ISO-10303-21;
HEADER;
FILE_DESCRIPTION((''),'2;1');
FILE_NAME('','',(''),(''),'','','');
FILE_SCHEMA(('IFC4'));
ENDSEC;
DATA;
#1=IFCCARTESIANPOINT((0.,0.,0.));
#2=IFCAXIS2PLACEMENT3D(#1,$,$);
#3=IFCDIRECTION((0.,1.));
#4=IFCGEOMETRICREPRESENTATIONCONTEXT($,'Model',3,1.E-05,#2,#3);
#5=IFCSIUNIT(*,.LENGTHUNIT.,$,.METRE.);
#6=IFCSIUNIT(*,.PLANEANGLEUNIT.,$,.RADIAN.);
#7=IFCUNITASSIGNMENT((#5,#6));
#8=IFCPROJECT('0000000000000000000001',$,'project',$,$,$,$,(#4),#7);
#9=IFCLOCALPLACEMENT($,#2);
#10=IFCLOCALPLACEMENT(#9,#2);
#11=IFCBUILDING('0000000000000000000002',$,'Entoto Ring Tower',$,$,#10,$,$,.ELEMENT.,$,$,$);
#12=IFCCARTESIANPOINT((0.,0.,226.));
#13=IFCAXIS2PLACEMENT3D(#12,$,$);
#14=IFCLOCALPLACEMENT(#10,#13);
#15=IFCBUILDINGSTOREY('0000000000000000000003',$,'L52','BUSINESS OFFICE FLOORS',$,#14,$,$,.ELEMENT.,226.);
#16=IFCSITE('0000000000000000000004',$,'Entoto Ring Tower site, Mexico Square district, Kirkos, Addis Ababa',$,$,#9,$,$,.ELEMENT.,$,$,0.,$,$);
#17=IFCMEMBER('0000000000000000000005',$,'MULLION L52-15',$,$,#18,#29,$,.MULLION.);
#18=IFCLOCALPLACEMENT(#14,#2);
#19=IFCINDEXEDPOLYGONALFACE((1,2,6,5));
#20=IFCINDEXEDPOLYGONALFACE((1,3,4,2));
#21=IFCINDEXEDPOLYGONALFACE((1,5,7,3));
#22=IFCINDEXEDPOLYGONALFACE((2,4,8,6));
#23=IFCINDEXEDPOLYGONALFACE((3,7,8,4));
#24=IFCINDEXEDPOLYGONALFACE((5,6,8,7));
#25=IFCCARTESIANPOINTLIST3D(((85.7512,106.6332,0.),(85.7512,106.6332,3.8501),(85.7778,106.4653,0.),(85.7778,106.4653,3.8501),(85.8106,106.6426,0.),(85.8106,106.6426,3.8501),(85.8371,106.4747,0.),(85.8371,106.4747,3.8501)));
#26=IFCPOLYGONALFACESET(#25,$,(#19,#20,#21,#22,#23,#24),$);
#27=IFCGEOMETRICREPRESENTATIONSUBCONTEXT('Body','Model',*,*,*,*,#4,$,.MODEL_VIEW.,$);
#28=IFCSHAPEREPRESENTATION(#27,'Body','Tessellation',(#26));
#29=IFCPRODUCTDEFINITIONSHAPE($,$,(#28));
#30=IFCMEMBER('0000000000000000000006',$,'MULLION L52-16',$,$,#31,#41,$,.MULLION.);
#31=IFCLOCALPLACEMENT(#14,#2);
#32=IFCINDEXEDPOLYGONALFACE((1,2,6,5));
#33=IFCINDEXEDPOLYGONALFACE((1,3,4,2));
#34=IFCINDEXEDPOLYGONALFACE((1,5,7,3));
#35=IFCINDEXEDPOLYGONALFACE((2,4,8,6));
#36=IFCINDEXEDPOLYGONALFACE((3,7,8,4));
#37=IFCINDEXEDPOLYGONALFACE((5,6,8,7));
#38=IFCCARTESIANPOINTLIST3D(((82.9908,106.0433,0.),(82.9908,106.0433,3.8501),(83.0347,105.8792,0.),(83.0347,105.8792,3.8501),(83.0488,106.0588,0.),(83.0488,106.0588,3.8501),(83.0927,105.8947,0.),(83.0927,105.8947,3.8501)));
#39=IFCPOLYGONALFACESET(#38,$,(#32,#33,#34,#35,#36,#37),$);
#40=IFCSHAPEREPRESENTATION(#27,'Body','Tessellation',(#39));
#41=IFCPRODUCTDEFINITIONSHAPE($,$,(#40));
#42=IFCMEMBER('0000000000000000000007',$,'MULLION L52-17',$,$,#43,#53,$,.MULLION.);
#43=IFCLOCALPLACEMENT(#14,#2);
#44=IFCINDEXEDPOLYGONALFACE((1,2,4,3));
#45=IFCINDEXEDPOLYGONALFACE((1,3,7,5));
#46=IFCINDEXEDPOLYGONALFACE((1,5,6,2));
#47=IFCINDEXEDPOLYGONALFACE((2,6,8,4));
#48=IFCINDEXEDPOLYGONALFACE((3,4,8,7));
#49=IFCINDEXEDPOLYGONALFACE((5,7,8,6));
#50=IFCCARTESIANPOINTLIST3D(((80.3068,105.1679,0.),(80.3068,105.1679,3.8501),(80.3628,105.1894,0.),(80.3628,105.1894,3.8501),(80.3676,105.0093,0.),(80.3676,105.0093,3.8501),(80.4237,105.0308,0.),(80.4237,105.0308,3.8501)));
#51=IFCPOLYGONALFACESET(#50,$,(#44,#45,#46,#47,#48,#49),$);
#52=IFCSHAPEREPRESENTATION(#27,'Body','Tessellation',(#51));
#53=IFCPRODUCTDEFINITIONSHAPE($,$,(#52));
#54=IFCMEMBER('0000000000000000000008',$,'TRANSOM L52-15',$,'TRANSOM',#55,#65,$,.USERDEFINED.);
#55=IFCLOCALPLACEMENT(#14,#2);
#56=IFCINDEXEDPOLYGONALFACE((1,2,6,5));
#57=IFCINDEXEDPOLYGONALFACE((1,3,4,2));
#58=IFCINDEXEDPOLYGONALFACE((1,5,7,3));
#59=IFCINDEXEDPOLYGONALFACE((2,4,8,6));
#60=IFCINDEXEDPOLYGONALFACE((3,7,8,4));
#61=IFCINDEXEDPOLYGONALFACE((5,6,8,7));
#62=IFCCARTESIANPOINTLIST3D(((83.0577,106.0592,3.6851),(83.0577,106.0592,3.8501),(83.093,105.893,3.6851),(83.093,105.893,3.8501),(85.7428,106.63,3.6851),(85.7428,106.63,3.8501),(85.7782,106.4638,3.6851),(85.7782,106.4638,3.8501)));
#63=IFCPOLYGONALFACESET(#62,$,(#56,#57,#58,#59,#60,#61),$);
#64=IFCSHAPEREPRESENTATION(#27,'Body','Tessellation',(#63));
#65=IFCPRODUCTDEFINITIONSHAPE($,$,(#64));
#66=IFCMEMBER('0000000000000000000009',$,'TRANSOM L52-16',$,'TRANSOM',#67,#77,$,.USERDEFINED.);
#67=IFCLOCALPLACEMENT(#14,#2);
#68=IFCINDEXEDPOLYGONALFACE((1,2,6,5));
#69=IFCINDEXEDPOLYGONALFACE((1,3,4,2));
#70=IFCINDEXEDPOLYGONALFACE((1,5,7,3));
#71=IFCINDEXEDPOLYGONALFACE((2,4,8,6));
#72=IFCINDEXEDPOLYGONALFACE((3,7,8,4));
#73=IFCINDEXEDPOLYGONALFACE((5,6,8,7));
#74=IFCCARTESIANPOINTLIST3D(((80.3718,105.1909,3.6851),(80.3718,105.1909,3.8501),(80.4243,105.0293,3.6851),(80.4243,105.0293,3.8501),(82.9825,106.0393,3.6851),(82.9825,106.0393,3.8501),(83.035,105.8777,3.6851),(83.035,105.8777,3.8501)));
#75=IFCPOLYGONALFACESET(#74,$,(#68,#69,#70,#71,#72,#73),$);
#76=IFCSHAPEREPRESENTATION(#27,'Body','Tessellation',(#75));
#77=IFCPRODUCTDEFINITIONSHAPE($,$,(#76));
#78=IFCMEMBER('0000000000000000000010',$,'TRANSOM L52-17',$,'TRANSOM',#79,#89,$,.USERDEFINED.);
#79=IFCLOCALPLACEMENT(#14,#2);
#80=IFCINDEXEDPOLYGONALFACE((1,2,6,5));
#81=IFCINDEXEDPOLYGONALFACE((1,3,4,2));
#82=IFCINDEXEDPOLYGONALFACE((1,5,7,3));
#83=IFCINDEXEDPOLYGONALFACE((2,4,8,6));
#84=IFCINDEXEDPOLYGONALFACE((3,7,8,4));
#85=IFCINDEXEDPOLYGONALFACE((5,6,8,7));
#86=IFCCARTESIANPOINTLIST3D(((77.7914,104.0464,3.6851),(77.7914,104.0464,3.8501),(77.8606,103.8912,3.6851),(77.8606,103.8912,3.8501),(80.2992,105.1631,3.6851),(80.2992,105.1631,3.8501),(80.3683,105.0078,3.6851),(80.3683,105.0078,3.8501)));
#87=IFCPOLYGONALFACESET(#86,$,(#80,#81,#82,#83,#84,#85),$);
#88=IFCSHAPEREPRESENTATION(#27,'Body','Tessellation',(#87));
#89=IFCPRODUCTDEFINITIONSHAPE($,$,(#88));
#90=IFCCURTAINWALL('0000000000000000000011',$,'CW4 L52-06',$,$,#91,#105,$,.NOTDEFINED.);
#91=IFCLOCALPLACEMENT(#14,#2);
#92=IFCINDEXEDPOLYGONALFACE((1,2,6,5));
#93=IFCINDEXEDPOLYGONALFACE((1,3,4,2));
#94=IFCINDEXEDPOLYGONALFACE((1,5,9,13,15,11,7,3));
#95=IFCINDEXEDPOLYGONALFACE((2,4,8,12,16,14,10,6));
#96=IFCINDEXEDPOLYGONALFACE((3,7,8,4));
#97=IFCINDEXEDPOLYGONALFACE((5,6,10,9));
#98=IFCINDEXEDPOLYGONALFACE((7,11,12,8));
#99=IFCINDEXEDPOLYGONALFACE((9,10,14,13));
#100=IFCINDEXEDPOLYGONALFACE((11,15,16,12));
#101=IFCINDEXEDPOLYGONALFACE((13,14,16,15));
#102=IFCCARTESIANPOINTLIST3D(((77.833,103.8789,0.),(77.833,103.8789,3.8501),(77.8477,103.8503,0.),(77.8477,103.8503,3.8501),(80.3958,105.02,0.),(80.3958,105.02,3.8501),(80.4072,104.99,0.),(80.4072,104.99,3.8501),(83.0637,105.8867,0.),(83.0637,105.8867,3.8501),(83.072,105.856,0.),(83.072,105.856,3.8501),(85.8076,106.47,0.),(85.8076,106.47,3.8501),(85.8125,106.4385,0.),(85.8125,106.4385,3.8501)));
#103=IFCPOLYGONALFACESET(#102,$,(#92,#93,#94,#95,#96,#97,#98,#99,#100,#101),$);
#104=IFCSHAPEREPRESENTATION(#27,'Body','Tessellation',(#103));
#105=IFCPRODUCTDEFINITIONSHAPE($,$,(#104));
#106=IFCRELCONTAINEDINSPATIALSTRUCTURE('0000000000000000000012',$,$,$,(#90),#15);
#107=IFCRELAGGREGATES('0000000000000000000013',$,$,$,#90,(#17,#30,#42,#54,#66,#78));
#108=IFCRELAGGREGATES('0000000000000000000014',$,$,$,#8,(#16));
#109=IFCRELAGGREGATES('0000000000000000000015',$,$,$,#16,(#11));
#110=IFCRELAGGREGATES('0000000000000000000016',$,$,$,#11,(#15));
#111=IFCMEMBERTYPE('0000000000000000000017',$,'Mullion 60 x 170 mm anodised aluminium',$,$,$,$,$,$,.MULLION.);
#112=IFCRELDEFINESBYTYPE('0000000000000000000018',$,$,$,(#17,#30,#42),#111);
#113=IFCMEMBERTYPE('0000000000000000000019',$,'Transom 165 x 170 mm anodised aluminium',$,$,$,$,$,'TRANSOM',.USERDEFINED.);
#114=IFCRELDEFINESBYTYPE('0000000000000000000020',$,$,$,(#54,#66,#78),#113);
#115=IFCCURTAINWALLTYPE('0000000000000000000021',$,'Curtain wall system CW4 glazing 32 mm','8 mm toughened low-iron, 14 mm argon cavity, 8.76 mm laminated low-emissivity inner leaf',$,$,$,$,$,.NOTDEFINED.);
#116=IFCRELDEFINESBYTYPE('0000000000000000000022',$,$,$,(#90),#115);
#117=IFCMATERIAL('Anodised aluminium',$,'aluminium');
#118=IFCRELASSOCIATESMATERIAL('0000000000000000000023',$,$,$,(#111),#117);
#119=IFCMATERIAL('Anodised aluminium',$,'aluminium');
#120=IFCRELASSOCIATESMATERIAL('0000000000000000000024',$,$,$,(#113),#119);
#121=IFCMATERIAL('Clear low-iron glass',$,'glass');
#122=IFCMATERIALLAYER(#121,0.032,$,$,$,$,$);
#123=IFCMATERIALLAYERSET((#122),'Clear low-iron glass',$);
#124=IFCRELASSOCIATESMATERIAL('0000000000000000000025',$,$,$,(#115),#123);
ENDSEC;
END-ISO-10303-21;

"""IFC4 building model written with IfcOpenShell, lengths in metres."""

from ifc_helpers import new_model, si_unit, direction, frame, origin, origin_2d, place, context, subcontext, project, spatial, polyline, rectangle, outline, extrude, material, layer, layer_set, material_profile, profile_set, type_object, element, aggregate, save


model = new_model("IFC4")

# Units and contexts
model_context = context("Model", 3, precision=1e-05, world=origin(), true_north=direction((0.0, 1.0)))
body_context = subcontext(model_context, "Body", "Model", "MODEL_VIEW")
ifc_project = project(units=[si_unit("LENGTHUNIT", "METRE"), si_unit("PLANEANGLEUNIT", "RADIAN")], contexts=[model_context])

# Members
ifc_material_1 = material(Name="Anodised aluminium", Category="aluminium")
ifc_material_profile_1 = material_profile(ifc_material_1, rectangle(XDim=0.0601, YDim=0.1699, at=origin_2d()), Name="Mullion 60 x 170 mm anodised aluminium")
ifc_profile_set_1 = profile_set([ifc_material_profile_1], Name="Anodised aluminium")
member_type_1 = type_object("IfcMemberType", Name="Mullion 60 x 170 mm anodised aluminium", PredefinedType="MULLION", material=ifc_profile_set_1)
site_placement = place(None, origin())
building_placement = place(site_placement, origin())
storey_placement = place(building_placement, frame((0.0, 0.0, 226.0)))
member_1_placement = place(storey_placement, frame((85.7942, 106.554, 0.0), z_axis=(0.0, 0.0, 1.0), x_axis=(-0.987688, -0.156434, 0.0)))
member_1 = element("IfcMember", 1, at=member_1_placement, type_object=member_type_1, Name="MULLION L52-15", PredefinedType="MULLION", context=body_context, shape_type="SweptSolid", body=[
    extrude(rectangle(XDim=0.0601, YDim=0.1699, at=origin_2d()), origin(), (0.0, 0.0, 1.0), 3.8501),
])
member_2_placement = place(storey_placement, frame((83.0417, 105.969, 0.0), z_axis=(0.0, 0.0, 1.0), x_axis=(-0.965926, -0.258819, 0.0)))
member_2 = element("IfcMember", 2, at=member_2_placement, type_object=member_type_1, Name="MULLION L52-16", PredefinedType="MULLION", context=body_context, shape_type="SweptSolid", body=[
    extrude(rectangle(XDim=0.0601, YDim=0.1699, at=origin_2d()), origin(), (0.0, 0.0, 1.0), 3.8501),
])
member_3_placement = place(storey_placement, frame((80.3652, 105.0994, 0.0), z_axis=(0.0, 0.0, 1.0), x_axis=(-0.93358, -0.358368, 0.0)))
member_3 = element("IfcMember", 3, at=member_3_placement, type_object=member_type_1, Name="MULLION L52-17", PredefinedType="MULLION", context=body_context, shape_type="SweptSolid", body=[
    extrude(rectangle(XDim=0.0601, YDim=0.1699, at=origin_2d()), origin(), (0.0, 0.0, 1.0), 3.8501),
])
ifc_material_2 = material(Name="Anodised aluminium", Category="aluminium")
ifc_material_profile_2 = material_profile(ifc_material_2, rectangle(XDim=0.1699, YDim=0.165, at=origin_2d()), Name="Transom 165 x 170 mm anodised aluminium")
ifc_profile_set_2 = profile_set([ifc_material_profile_2], Name="Anodised aluminium")
member_type_2 = type_object("IfcMemberType", Name="Transom 165 x 170 mm anodised aluminium", ElementType="TRANSOM", PredefinedType="USERDEFINED", material=ifc_profile_set_2)
member_4_placement = place(storey_placement, frame((85.7605, 106.5469, 3.7676), z_axis=(-0.978142, -0.207937, 0.0), x_axis=(0.207937, -0.978142, 0.0)))
member_4 = element("IfcMember", 4, at=member_4_placement, type_object=member_type_2, Name="TRANSOM L52-15", ObjectType="TRANSOM", PredefinedType="USERDEFINED", context=body_context, shape_type="SweptSolid", body=[
    extrude(rectangle(XDim=0.1699, YDim=0.165, at=origin_2d()), origin(), (0.0, 0.0, 1.0), 2.7451),
])
member_5_placement = place(storey_placement, frame((83.0088, 105.9585, 3.7676), z_axis=(-0.951048, -0.309042, 0.0), x_axis=(0.309042, -0.951048, 0.0)))
member_5 = element("IfcMember", 5, at=member_5_placement, type_object=member_type_2, Name="TRANSOM L52-16", ObjectType="TRANSOM", PredefinedType="USERDEFINED", context=body_context, shape_type="SweptSolid", body=[
    extrude(rectangle(XDim=0.1699, YDim=0.165, at=origin_2d()), origin(), (0.0, 0.0, 1.0), 2.7451),
])
member_6_placement = place(storey_placement, frame((80.3337, 105.0854, 3.7676), z_axis=(-0.913525, -0.406782, 0.0), x_axis=(0.406782, -0.913525, 0.0)))
member_6 = element("IfcMember", 6, at=member_6_placement, type_object=member_type_2, Name="TRANSOM L52-17", ObjectType="TRANSOM", PredefinedType="USERDEFINED", context=body_context, shape_type="SweptSolid", body=[
    extrude(rectangle(XDim=0.1699, YDim=0.165, at=origin_2d()), origin(), (0.0, 0.0, 1.0), 2.7451),
])

# Site, building, storey
site = spatial("IfcSite", under=ifc_project, at=site_placement, Name="Entoto Ring Tower site, Mexico Square district, Kirkos, Addis Ababa", CompositionType="ELEMENT", RefElevation=0.0)
building = spatial("IfcBuilding", under=site, at=building_placement, Name="Entoto Ring Tower", CompositionType="ELEMENT")
storey = spatial("IfcBuildingStorey", under=building, at=storey_placement, Name="L52", Description="BUSINESS OFFICE FLOORS", CompositionType="ELEMENT", Elevation=226.0)

# Curtain wall
ifc_material_3 = material(Name="Clear low-iron glass", Category="glass")
ifc_layer = layer(ifc_material_3, 0.032)
ifc_layer_set = layer_set([ifc_layer], Name="Clear low-iron glass")
curtain_wall_type = type_object("IfcCurtainWallType", Name="Curtain wall system CW4 glazing 32 mm", Description="8 mm toughened low-iron, 14 mm argon cavity, 8.76 mm laminated low-emissivity inner leaf", PredefinedType="NOTDEFINED", material=ifc_layer_set)
curtain_wall_1_placement = place(storey_placement, origin())
curtain_wall_1 = element("IfcCurtainWall", 7, at=curtain_wall_1_placement, inside=storey, type_object=curtain_wall_type, Name="CW4 L52-06", PredefinedType="NOTDEFINED", context=body_context, shape_type="SweptSolid", body=[
    extrude(outline(polyline([(85.8076, 106.47), (83.0637, 105.8867), (80.3958, 105.02), (77.833, 103.8789), (77.8477, 103.8503), (80.4072, 104.99), (83.072, 105.856), (85.8125, 106.4385), (85.8076, 106.47)])), origin(), (0.0, 0.0, 1.0), 3.8501),
])
aggregate(curtain_wall_1, [member_1, member_2, member_3, member_4, member_5, member_6])

save(model, "model.ifc")
